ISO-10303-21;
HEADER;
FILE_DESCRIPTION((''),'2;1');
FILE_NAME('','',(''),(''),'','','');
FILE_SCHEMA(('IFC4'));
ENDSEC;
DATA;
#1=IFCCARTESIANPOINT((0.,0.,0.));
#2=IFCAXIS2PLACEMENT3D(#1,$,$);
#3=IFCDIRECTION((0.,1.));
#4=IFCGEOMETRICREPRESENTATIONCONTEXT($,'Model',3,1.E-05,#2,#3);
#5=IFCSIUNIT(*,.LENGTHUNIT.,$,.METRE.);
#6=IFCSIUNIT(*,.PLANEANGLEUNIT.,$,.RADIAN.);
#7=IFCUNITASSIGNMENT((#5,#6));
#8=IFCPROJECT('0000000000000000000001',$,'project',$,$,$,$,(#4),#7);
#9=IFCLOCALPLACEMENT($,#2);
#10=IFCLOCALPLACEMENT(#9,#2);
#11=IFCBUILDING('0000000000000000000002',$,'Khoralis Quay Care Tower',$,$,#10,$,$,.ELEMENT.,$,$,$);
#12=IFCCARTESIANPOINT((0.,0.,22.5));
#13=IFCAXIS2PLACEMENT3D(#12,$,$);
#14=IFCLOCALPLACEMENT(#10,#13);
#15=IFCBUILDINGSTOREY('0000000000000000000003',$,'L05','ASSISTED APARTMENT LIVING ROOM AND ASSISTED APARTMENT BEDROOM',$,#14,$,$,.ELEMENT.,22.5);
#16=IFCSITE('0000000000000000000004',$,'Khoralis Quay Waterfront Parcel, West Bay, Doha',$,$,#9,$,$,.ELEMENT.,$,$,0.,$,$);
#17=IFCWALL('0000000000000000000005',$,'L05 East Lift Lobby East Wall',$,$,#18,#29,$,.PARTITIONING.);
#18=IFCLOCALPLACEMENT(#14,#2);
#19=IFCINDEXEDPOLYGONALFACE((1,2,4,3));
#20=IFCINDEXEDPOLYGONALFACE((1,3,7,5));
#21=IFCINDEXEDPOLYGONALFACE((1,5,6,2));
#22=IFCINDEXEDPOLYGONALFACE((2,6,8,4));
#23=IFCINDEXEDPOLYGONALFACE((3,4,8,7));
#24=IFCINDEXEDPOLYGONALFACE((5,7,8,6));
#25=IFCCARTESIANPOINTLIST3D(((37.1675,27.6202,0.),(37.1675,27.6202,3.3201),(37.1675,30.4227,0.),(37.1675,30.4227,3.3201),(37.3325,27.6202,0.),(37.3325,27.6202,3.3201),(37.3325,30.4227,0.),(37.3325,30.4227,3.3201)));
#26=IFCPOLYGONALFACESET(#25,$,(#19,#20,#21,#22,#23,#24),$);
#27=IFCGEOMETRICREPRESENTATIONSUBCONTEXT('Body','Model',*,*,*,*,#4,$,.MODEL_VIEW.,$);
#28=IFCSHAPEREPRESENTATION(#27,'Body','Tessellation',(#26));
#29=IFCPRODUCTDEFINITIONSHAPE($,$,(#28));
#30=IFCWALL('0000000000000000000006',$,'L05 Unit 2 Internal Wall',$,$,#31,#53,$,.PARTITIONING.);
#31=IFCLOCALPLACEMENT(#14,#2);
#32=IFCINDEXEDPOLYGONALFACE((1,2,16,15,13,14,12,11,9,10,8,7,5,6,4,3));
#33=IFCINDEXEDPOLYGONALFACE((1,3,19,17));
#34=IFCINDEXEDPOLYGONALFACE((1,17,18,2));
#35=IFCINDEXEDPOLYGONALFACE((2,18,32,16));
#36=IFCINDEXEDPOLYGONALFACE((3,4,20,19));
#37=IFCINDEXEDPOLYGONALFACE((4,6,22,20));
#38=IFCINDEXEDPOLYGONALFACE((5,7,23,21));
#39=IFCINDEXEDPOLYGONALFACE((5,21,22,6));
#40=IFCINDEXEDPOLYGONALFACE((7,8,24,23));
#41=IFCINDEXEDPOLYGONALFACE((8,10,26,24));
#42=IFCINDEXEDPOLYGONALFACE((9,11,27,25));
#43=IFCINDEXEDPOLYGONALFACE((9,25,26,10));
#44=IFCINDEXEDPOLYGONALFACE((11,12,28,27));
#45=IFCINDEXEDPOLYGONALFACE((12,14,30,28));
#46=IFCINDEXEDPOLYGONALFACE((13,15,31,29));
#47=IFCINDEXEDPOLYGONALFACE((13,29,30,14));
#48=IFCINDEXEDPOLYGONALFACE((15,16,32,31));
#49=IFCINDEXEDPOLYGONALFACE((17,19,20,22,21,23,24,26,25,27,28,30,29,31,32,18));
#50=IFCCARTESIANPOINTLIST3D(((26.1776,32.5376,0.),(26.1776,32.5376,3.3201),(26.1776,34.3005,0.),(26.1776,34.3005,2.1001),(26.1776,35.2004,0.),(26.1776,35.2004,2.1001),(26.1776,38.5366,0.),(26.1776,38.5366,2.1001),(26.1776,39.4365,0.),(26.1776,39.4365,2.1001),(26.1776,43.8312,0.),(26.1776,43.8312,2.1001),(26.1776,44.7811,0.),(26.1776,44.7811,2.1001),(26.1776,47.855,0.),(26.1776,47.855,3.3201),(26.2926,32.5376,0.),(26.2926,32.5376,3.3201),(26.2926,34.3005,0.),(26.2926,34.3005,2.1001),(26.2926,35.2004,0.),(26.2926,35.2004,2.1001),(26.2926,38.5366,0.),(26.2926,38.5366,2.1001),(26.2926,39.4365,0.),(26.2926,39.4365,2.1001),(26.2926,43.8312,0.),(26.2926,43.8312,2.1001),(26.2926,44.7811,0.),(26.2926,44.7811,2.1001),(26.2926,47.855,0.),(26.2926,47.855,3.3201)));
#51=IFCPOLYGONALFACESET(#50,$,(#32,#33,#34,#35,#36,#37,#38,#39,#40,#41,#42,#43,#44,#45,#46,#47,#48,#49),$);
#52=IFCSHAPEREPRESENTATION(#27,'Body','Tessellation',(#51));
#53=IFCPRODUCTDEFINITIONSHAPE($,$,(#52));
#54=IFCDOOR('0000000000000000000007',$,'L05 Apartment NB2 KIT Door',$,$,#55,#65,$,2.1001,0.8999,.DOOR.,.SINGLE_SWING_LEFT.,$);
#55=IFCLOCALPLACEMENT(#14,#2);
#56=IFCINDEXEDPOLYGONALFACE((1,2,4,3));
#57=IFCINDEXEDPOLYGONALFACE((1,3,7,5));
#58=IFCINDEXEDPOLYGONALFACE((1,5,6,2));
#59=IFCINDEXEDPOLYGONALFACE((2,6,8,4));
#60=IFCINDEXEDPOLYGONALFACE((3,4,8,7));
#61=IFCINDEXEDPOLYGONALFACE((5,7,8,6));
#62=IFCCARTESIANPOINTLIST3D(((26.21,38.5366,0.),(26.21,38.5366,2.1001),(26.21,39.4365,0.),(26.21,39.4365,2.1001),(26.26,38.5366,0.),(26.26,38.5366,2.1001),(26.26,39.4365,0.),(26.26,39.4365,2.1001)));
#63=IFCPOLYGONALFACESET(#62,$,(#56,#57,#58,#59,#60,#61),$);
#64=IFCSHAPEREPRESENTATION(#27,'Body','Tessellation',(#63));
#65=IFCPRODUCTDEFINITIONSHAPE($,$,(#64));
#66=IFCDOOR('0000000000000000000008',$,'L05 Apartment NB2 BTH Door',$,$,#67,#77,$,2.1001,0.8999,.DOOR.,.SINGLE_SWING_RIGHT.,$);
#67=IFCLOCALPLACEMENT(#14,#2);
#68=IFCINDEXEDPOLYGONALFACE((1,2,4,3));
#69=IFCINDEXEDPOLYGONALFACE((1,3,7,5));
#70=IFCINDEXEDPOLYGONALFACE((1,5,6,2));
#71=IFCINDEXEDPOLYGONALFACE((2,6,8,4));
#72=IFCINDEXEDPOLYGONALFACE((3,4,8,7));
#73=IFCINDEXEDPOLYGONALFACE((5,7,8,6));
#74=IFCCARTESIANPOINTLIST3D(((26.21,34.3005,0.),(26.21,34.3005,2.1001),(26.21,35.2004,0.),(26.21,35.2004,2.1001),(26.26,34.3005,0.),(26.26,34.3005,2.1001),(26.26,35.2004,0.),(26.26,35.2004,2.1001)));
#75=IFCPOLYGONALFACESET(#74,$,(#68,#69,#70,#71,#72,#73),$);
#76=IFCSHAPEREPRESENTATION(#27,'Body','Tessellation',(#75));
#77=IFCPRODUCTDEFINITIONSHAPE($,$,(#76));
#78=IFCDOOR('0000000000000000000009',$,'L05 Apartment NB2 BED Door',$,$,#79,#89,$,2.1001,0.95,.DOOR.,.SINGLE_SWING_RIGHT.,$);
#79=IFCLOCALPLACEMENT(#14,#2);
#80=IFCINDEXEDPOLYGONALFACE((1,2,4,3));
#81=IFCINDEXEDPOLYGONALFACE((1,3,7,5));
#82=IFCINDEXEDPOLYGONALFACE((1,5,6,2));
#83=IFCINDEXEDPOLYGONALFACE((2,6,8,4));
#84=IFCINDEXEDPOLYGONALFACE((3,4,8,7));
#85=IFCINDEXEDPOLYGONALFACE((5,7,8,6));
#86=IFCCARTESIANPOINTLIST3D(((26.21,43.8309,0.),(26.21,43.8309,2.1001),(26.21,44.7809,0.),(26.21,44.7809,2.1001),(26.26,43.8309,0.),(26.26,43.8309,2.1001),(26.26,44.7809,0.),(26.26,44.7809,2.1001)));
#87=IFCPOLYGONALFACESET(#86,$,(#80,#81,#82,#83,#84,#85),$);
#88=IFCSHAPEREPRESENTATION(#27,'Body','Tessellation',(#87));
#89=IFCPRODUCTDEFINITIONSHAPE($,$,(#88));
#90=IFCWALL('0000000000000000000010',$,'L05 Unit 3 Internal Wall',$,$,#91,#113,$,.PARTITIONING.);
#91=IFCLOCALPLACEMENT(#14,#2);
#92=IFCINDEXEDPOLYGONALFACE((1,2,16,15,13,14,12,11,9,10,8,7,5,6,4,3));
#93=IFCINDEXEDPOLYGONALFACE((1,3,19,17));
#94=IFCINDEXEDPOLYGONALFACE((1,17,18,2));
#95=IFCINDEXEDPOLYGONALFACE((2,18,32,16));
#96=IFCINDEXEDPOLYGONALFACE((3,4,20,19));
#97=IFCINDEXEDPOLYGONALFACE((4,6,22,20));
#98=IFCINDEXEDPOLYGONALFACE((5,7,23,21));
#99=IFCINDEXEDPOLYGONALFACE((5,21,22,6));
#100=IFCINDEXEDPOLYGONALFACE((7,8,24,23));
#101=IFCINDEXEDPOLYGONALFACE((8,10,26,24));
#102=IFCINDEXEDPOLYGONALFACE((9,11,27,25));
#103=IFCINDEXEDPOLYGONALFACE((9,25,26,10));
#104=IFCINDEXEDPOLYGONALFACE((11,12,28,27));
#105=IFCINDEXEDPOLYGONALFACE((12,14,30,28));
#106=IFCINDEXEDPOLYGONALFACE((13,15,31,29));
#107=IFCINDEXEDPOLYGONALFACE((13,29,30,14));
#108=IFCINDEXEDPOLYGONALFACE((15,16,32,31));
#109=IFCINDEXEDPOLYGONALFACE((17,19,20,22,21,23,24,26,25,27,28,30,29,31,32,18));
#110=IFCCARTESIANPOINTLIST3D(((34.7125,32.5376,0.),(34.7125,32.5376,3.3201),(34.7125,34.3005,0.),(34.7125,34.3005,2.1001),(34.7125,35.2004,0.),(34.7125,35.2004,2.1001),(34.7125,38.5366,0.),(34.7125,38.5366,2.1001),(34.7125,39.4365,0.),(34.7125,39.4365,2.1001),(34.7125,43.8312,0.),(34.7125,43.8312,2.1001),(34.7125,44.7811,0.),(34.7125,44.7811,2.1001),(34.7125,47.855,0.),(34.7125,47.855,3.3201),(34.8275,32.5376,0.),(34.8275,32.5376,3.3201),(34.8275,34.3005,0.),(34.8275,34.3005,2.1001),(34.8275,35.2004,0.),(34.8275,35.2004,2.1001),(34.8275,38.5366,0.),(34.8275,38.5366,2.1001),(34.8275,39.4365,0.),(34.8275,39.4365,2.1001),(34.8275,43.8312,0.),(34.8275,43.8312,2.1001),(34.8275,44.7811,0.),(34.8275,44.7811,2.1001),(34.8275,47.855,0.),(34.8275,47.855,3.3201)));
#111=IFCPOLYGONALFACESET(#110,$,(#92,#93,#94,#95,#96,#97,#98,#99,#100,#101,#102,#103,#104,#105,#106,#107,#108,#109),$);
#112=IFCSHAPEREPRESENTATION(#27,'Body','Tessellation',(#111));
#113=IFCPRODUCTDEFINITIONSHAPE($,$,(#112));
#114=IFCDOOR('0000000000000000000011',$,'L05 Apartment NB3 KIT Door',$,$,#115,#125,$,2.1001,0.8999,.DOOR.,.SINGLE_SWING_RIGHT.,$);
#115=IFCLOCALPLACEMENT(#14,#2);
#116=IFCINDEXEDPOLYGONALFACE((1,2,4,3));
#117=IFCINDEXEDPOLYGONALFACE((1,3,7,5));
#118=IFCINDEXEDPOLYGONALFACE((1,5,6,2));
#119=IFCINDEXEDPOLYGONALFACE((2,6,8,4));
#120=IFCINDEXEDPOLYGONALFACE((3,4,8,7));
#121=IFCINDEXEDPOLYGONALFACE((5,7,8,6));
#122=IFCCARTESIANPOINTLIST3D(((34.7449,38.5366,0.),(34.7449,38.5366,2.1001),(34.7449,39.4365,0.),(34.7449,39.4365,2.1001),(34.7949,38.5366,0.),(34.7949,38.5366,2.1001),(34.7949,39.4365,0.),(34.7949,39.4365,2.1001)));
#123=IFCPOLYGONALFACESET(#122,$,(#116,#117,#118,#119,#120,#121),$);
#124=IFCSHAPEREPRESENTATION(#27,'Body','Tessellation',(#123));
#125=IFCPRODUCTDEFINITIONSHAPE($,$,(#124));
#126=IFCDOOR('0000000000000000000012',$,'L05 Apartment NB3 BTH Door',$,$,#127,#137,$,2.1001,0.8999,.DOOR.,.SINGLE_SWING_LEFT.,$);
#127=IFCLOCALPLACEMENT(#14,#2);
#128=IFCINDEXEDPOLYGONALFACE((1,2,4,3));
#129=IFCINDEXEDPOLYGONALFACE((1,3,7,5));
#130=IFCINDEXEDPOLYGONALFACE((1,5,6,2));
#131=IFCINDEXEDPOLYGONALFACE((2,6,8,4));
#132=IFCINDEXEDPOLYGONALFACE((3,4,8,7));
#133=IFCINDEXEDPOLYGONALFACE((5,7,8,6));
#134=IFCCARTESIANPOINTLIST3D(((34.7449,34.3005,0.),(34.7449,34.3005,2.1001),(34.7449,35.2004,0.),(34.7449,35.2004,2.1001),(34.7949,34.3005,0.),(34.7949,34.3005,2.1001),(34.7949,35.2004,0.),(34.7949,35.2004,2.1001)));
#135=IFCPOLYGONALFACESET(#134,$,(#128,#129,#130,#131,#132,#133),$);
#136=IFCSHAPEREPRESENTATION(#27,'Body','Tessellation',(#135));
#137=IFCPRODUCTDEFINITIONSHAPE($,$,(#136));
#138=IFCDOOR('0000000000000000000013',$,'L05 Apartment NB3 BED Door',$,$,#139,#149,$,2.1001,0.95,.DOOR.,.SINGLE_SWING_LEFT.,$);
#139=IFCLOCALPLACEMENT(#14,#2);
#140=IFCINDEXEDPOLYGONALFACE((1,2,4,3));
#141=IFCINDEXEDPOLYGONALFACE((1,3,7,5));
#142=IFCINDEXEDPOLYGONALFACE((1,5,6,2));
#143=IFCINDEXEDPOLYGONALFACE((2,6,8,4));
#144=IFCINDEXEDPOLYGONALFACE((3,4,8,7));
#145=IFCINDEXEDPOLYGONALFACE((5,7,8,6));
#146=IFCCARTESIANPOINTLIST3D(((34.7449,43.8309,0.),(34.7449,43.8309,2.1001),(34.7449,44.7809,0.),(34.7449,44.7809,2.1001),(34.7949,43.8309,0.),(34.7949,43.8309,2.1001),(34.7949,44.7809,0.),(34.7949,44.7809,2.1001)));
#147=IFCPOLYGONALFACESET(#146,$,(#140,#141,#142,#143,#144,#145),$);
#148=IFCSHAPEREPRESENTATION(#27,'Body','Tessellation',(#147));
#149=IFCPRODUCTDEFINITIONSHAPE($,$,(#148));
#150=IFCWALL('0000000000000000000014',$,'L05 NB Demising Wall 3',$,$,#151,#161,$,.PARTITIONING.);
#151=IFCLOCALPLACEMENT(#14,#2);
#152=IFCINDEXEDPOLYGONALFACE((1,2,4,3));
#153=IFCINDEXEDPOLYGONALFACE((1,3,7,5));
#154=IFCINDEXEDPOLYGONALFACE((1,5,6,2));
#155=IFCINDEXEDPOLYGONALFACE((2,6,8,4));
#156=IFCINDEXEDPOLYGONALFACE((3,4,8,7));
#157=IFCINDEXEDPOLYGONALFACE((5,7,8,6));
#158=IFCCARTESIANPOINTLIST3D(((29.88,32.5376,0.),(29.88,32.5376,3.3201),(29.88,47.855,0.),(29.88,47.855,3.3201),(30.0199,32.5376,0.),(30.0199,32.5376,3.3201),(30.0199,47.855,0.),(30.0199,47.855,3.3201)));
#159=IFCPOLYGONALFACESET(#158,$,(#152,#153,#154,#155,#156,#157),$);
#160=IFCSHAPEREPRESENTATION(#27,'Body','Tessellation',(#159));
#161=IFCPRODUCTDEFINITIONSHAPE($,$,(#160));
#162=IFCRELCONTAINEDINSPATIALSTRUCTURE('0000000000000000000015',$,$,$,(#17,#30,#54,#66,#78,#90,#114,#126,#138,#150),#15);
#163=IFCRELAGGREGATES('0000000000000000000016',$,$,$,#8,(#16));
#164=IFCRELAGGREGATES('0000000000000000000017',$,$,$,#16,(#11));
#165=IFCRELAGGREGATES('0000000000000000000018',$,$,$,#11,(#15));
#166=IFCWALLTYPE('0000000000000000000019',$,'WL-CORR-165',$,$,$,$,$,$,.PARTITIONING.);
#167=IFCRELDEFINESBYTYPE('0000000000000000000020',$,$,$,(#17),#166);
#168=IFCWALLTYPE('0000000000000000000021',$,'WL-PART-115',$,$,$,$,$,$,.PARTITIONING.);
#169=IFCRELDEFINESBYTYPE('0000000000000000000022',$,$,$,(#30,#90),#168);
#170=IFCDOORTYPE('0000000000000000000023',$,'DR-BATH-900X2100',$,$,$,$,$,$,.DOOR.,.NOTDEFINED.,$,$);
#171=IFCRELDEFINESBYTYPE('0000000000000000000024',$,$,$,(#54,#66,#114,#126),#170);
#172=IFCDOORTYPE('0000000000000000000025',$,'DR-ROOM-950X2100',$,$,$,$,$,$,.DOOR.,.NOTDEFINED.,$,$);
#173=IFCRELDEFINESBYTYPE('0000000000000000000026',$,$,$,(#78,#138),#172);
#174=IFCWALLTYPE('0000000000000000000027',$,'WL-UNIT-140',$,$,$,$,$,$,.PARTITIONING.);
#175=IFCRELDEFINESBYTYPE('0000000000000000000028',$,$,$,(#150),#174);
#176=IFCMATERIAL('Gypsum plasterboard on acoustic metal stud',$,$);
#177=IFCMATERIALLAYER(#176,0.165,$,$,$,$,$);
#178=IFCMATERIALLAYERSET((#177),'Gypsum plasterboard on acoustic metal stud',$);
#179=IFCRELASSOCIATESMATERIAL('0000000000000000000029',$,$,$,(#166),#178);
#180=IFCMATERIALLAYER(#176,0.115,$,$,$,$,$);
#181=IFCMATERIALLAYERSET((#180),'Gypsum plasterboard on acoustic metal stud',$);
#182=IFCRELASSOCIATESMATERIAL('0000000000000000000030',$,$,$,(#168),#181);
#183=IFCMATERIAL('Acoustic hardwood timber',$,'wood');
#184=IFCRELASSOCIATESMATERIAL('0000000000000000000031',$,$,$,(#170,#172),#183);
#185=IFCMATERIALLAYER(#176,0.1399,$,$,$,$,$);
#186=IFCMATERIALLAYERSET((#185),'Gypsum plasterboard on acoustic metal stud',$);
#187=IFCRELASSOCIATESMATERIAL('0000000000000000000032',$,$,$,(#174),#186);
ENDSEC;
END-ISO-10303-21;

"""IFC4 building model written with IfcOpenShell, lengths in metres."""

from ifc_helpers import new_model, si_unit, direction, frame, frame_2d, origin, place, context, subcontext, project, spatial, rectangle, extrude, source, transform, mapped, material, layer, layer_set, type_object, element, fill, save


model = new_model("IFC4")

# Units and contexts
model_context = context("Model", 3, precision=1e-05, world=origin(), true_north=direction((0.0, 1.0)))
body_context = subcontext(model_context, "Body", "Model", "MODEL_VIEW")
ifc_project = project(units=[si_unit("LENGTHUNIT", "METRE"), si_unit("PLANEANGLEUNIT", "RADIAN")], contexts=[model_context])

# Site, building, storey
site_placement = place(None, origin())
site = spatial("IfcSite", under=ifc_project, at=site_placement, Name="Khoralis Quay Waterfront Parcel, West Bay, Doha", CompositionType="ELEMENT", RefElevation=0.0)
building_placement = place(site_placement, origin())
building = spatial("IfcBuilding", under=site, at=building_placement, Name="Khoralis Quay Care Tower", CompositionType="ELEMENT")
storey_placement = place(building_placement, frame((0.0, 0.0, 22.5)))
storey = spatial("IfcBuildingStorey", under=building, at=storey_placement, Name="L05", Description="ASSISTED APARTMENT LIVING ROOM AND ASSISTED APARTMENT BEDROOM", CompositionType="ELEMENT", Elevation=22.5)

# Shared definitions
ifc_material_1 = material(Name="Gypsum plasterboard on acoustic metal stud")
ifc_layer_1 = layer(ifc_material_1, 0.165)
ifc_layer_set_1 = layer_set([ifc_layer_1], Name="Gypsum plasterboard on acoustic metal stud")
wall_type_1 = type_object("IfcWallType", Name="WL-CORR-165", PredefinedType="PARTITIONING", material=ifc_layer_set_1)

# Wall
wall_1_placement = place(storey_placement, frame((37.25, 27.6201, 0.0), z_axis=(0.0, 0.0, 1.0), x_axis=(0.0, 1.0, 0.0)))
element("IfcWall", 1, at=wall_1_placement, inside=storey, type_object=wall_type_1, Name="L05 East Lift Lobby East Wall", PredefinedType="PARTITIONING", context=body_context, shape_type="SweptSolid", body=[
    extrude(rectangle(XDim=2.8025, YDim=0.165, at=frame_2d((1.4014, 0.0))), origin(), (0.0, 0.0, 1.0), 3.3201),
])

# Walls, openings, doors
ifc_layer_2 = layer(ifc_material_1, 0.115)
ifc_layer_set_2 = layer_set([ifc_layer_2], Name="Gypsum plasterboard on acoustic metal stud")
wall_type_2 = type_object("IfcWallType", Name="WL-PART-115", PredefinedType="PARTITIONING", material=ifc_layer_set_2)
wall_2_placement = place(storey_placement, frame((26.2351, 32.5376, 0.0), z_axis=(0.0, 0.0, 1.0), x_axis=(0.0, 1.0, 0.0)))
wall_2 = element("IfcWall", 2, at=wall_2_placement, inside=storey, type_object=wall_type_2, Name="L05 Unit 2 Internal Wall", PredefinedType="PARTITIONING", context=body_context, shape_type="SweptSolid", body=[
    extrude(rectangle(XDim=15.3174, YDim=0.115, at=frame_2d((7.6587, 0.0))), origin(), (0.0, 0.0, 1.0), 3.3201),
])
opening_1_placement = place(wall_2_placement, frame((11.2935, 0.0, 0.0)))
opening_1 = element("IfcOpeningElement", 3, at=opening_1_placement, cuts=wall_2, PredefinedType="OPENING", context=body_context, shape_type="SweptSolid", body=[
    extrude(rectangle(XDim=0.95, YDim=2.1001, at=frame_2d((0.4751, 1.05))), frame((0.0, 0.0674, 0.0), z_axis=(0.0, -1.0, 0.0), x_axis=(1.0, 0.0, 0.0)), (0.0, 0.0, 1.0), 0.135),
])
opening_2_placement = place(wall_2_placement, frame((5.999, 0.0, 0.0)))
opening_2 = element("IfcOpeningElement", 4, at=opening_2_placement, cuts=wall_2, PredefinedType="OPENING", context=body_context, shape_type="SweptSolid", body=[
    extrude(rectangle(XDim=0.8999, YDim=2.1001, at=frame_2d((0.45, 1.05))), frame((0.0, 0.0674, 0.0), z_axis=(0.0, -1.0, 0.0), x_axis=(1.0, 0.0, 0.0)), (0.0, 0.0, 1.0), 0.135),
])
opening_3_placement = place(wall_2_placement, frame((1.7629, 0.0, 0.0)))
opening_3 = element("IfcOpeningElement", 5, at=opening_3_placement, cuts=wall_2, PredefinedType="OPENING", context=body_context, shape_type="SweptSolid", body=[
    extrude(rectangle(XDim=0.8999, YDim=2.1001, at=frame_2d((0.45, 1.05))), frame((0.0, 0.0674, 0.0), z_axis=(0.0, -1.0, 0.0), x_axis=(1.0, 0.0, 0.0)), (0.0, 0.0, 1.0), 0.135),
])
ifc_material_2 = material(Name="Acoustic hardwood timber", Category="wood")
door_type_1 = type_object("IfcDoorType", Name="DR-BATH-900X2100", OperationType="NOTDEFINED", PredefinedType="DOOR", material=ifc_material_2)
shared_shape_1 = source(origin(), body_context, "Body", "SweptSolid", [
    extrude(rectangle(XDim=0.8999, YDim=2.1001, at=frame_2d((0.45, 1.05))), frame((0.0, 0.0249, 0.0), z_axis=(0.0, -1.0, 0.0), x_axis=(1.0, 0.0, 0.0)), (0.0, 0.0, 1.0), 0.05),
])
door_1_placement = place(opening_2_placement, frame((0.8999, 0.0, 0.0), z_axis=(0.0, 0.0, 1.0), x_axis=(-1.0, 0.0, 0.0)))
door_1 = element("IfcDoor", 6, at=door_1_placement, inside=storey, type_object=door_type_1, Name="L05 Apartment NB2 KIT Door", OperationType="SINGLE_SWING_LEFT", OverallHeight=2.1001, OverallWidth=0.8999, PredefinedType="DOOR", context=body_context, shape_type="MappedRepresentation", body=[
    mapped(shared_shape_1, transform((0.0, 0.0, 0.0), scale=1.0)),
])
fill(opening_2, door_1)
door_2_placement = place(opening_3_placement, frame((0.8999, 0.0, 0.0), z_axis=(0.0, 0.0, 1.0), x_axis=(-1.0, 0.0, 0.0)))
door_2 = element("IfcDoor", 7, at=door_2_placement, inside=storey, type_object=door_type_1, Name="L05 Apartment NB2 BTH Door", OperationType="SINGLE_SWING_RIGHT", OverallHeight=2.1001, OverallWidth=0.8999, PredefinedType="DOOR", context=body_context, shape_type="MappedRepresentation", body=[
    mapped(shared_shape_1, transform((0.0, 0.0, 0.0), scale=1.0)),
])
fill(opening_3, door_2)
door_type_2 = type_object("IfcDoorType", Name="DR-ROOM-950X2100", OperationType="NOTDEFINED", PredefinedType="DOOR", material=ifc_material_2)
shared_shape_2 = source(origin(), body_context, "Body", "SweptSolid", [
    extrude(rectangle(XDim=0.95, YDim=2.1001, at=frame_2d((0.4751, 1.05))), frame((0.0, 0.0249, 0.0), z_axis=(0.0, -1.0, 0.0), x_axis=(1.0, 0.0, 0.0)), (0.0, 0.0, 1.0), 0.05),
])
door_3_placement = place(opening_1_placement, frame((0.95, 0.0, 0.0), z_axis=(0.0, 0.0, 1.0), x_axis=(-1.0, 0.0, 0.0)))
door_3 = element("IfcDoor", 8, at=door_3_placement, inside=storey, type_object=door_type_2, Name="L05 Apartment NB2 BED Door", OperationType="SINGLE_SWING_RIGHT", OverallHeight=2.1001, OverallWidth=0.95, PredefinedType="DOOR", context=body_context, shape_type="MappedRepresentation", body=[
    mapped(shared_shape_2, transform((0.0, 0.0, 0.0), scale=1.0)),
])
fill(opening_1, door_3)
wall_3_placement = place(storey_placement, frame((34.77, 32.5376, 0.0), z_axis=(0.0, 0.0, 1.0), x_axis=(0.0, 1.0, 0.0)))
wall_3 = element("IfcWall", 9, at=wall_3_placement, inside=storey, type_object=wall_type_2, Name="L05 Unit 3 Internal Wall", PredefinedType="PARTITIONING", context=body_context, shape_type="SweptSolid", body=[
    extrude(rectangle(XDim=15.3174, YDim=0.115, at=frame_2d((7.6587, 0.0))), origin(), (0.0, 0.0, 1.0), 3.3201),
])
opening_4_placement = place(wall_3_placement, frame((11.2935, 0.0, 0.0)))
opening_4 = element("IfcOpeningElement", 10, at=opening_4_placement, cuts=wall_3, PredefinedType="OPENING", context=body_context, shape_type="SweptSolid", body=[
    extrude(rectangle(XDim=0.95, YDim=2.1001, at=frame_2d((0.4751, 1.05))), frame((0.0, 0.0674, 0.0), z_axis=(0.0, -1.0, 0.0), x_axis=(1.0, 0.0, 0.0)), (0.0, 0.0, 1.0), 0.135),
])
opening_5_placement = place(wall_3_placement, frame((5.999, 0.0, 0.0)))
opening_5 = element("IfcOpeningElement", 11, at=opening_5_placement, cuts=wall_3, PredefinedType="OPENING", context=body_context, shape_type="SweptSolid", body=[
    extrude(rectangle(XDim=0.8999, YDim=2.1001, at=frame_2d((0.45, 1.05))), frame((0.0, 0.0674, 0.0), z_axis=(0.0, -1.0, 0.0), x_axis=(1.0, 0.0, 0.0)), (0.0, 0.0, 1.0), 0.135),
])
opening_6_placement = place(wall_3_placement, frame((1.7629, 0.0, 0.0)))
opening_6 = element("IfcOpeningElement", 12, at=opening_6_placement, cuts=wall_3, PredefinedType="OPENING", context=body_context, shape_type="SweptSolid", body=[
    extrude(rectangle(XDim=0.8999, YDim=2.1001, at=frame_2d((0.45, 1.05))), frame((0.0, 0.0674, 0.0), z_axis=(0.0, -1.0, 0.0), x_axis=(1.0, 0.0, 0.0)), (0.0, 0.0, 1.0), 0.135),
])
door_4_placement = place(opening_5_placement, frame((0.8999, 0.0, 0.0), z_axis=(0.0, 0.0, 1.0), x_axis=(-1.0, 0.0, 0.0)))
door_4 = element("IfcDoor", 13, at=door_4_placement, inside=storey, type_object=door_type_1, Name="L05 Apartment NB3 KIT Door", OperationType="SINGLE_SWING_RIGHT", OverallHeight=2.1001, OverallWidth=0.8999, PredefinedType="DOOR", context=body_context, shape_type="MappedRepresentation", body=[
    mapped(shared_shape_1, transform((0.0, 0.0, 0.0), scale=1.0)),
])
fill(opening_5, door_4)
door_5_placement = place(opening_6_placement, frame((0.8999, 0.0, 0.0), z_axis=(0.0, 0.0, 1.0), x_axis=(-1.0, 0.0, 0.0)))
door_5 = element("IfcDoor", 14, at=door_5_placement, inside=storey, type_object=door_type_1, Name="L05 Apartment NB3 BTH Door", OperationType="SINGLE_SWING_LEFT", OverallHeight=2.1001, OverallWidth=0.8999, PredefinedType="DOOR", context=body_context, shape_type="MappedRepresentation", body=[
    mapped(shared_shape_1, transform((0.0, 0.0, 0.0), scale=1.0)),
])
fill(opening_6, door_5)
door_6_placement = place(opening_4_placement, frame((0.95, 0.0, 0.0), z_axis=(0.0, 0.0, 1.0), x_axis=(-1.0, 0.0, 0.0)))
door_6 = element("IfcDoor", 15, at=door_6_placement, inside=storey, type_object=door_type_2, Name="L05 Apartment NB3 BED Door", OperationType="SINGLE_SWING_LEFT", OverallHeight=2.1001, OverallWidth=0.95, PredefinedType="DOOR", context=body_context, shape_type="MappedRepresentation", body=[
    mapped(shared_shape_2, transform((0.0, 0.0, 0.0), scale=1.0)),
])
fill(opening_4, door_6)

# Wall
ifc_layer_3 = layer(ifc_material_1, 0.1399)
ifc_layer_set_3 = layer_set([ifc_layer_3], Name="Gypsum plasterboard on acoustic metal stud")
wall_type_3 = type_object("IfcWallType", Name="WL-UNIT-140", PredefinedType="PARTITIONING", material=ifc_layer_set_3)
wall_4_placement = place(storey_placement, frame((29.95, 32.5376, 0.0), z_axis=(0.0, 0.0, 1.0), x_axis=(0.0, 1.0, 0.0)))
element("IfcWall", 16, at=wall_4_placement, inside=storey, type_object=wall_type_3, Name="L05 NB Demising Wall 3", PredefinedType="PARTITIONING", context=body_context, shape_type="SweptSolid", body=[
    extrude(rectangle(XDim=15.3174, YDim=0.1399, at=frame_2d((7.6587, 0.0))), origin(), (0.0, 0.0, 1.0), 3.3201),
])

save(model, "model.ifc")
